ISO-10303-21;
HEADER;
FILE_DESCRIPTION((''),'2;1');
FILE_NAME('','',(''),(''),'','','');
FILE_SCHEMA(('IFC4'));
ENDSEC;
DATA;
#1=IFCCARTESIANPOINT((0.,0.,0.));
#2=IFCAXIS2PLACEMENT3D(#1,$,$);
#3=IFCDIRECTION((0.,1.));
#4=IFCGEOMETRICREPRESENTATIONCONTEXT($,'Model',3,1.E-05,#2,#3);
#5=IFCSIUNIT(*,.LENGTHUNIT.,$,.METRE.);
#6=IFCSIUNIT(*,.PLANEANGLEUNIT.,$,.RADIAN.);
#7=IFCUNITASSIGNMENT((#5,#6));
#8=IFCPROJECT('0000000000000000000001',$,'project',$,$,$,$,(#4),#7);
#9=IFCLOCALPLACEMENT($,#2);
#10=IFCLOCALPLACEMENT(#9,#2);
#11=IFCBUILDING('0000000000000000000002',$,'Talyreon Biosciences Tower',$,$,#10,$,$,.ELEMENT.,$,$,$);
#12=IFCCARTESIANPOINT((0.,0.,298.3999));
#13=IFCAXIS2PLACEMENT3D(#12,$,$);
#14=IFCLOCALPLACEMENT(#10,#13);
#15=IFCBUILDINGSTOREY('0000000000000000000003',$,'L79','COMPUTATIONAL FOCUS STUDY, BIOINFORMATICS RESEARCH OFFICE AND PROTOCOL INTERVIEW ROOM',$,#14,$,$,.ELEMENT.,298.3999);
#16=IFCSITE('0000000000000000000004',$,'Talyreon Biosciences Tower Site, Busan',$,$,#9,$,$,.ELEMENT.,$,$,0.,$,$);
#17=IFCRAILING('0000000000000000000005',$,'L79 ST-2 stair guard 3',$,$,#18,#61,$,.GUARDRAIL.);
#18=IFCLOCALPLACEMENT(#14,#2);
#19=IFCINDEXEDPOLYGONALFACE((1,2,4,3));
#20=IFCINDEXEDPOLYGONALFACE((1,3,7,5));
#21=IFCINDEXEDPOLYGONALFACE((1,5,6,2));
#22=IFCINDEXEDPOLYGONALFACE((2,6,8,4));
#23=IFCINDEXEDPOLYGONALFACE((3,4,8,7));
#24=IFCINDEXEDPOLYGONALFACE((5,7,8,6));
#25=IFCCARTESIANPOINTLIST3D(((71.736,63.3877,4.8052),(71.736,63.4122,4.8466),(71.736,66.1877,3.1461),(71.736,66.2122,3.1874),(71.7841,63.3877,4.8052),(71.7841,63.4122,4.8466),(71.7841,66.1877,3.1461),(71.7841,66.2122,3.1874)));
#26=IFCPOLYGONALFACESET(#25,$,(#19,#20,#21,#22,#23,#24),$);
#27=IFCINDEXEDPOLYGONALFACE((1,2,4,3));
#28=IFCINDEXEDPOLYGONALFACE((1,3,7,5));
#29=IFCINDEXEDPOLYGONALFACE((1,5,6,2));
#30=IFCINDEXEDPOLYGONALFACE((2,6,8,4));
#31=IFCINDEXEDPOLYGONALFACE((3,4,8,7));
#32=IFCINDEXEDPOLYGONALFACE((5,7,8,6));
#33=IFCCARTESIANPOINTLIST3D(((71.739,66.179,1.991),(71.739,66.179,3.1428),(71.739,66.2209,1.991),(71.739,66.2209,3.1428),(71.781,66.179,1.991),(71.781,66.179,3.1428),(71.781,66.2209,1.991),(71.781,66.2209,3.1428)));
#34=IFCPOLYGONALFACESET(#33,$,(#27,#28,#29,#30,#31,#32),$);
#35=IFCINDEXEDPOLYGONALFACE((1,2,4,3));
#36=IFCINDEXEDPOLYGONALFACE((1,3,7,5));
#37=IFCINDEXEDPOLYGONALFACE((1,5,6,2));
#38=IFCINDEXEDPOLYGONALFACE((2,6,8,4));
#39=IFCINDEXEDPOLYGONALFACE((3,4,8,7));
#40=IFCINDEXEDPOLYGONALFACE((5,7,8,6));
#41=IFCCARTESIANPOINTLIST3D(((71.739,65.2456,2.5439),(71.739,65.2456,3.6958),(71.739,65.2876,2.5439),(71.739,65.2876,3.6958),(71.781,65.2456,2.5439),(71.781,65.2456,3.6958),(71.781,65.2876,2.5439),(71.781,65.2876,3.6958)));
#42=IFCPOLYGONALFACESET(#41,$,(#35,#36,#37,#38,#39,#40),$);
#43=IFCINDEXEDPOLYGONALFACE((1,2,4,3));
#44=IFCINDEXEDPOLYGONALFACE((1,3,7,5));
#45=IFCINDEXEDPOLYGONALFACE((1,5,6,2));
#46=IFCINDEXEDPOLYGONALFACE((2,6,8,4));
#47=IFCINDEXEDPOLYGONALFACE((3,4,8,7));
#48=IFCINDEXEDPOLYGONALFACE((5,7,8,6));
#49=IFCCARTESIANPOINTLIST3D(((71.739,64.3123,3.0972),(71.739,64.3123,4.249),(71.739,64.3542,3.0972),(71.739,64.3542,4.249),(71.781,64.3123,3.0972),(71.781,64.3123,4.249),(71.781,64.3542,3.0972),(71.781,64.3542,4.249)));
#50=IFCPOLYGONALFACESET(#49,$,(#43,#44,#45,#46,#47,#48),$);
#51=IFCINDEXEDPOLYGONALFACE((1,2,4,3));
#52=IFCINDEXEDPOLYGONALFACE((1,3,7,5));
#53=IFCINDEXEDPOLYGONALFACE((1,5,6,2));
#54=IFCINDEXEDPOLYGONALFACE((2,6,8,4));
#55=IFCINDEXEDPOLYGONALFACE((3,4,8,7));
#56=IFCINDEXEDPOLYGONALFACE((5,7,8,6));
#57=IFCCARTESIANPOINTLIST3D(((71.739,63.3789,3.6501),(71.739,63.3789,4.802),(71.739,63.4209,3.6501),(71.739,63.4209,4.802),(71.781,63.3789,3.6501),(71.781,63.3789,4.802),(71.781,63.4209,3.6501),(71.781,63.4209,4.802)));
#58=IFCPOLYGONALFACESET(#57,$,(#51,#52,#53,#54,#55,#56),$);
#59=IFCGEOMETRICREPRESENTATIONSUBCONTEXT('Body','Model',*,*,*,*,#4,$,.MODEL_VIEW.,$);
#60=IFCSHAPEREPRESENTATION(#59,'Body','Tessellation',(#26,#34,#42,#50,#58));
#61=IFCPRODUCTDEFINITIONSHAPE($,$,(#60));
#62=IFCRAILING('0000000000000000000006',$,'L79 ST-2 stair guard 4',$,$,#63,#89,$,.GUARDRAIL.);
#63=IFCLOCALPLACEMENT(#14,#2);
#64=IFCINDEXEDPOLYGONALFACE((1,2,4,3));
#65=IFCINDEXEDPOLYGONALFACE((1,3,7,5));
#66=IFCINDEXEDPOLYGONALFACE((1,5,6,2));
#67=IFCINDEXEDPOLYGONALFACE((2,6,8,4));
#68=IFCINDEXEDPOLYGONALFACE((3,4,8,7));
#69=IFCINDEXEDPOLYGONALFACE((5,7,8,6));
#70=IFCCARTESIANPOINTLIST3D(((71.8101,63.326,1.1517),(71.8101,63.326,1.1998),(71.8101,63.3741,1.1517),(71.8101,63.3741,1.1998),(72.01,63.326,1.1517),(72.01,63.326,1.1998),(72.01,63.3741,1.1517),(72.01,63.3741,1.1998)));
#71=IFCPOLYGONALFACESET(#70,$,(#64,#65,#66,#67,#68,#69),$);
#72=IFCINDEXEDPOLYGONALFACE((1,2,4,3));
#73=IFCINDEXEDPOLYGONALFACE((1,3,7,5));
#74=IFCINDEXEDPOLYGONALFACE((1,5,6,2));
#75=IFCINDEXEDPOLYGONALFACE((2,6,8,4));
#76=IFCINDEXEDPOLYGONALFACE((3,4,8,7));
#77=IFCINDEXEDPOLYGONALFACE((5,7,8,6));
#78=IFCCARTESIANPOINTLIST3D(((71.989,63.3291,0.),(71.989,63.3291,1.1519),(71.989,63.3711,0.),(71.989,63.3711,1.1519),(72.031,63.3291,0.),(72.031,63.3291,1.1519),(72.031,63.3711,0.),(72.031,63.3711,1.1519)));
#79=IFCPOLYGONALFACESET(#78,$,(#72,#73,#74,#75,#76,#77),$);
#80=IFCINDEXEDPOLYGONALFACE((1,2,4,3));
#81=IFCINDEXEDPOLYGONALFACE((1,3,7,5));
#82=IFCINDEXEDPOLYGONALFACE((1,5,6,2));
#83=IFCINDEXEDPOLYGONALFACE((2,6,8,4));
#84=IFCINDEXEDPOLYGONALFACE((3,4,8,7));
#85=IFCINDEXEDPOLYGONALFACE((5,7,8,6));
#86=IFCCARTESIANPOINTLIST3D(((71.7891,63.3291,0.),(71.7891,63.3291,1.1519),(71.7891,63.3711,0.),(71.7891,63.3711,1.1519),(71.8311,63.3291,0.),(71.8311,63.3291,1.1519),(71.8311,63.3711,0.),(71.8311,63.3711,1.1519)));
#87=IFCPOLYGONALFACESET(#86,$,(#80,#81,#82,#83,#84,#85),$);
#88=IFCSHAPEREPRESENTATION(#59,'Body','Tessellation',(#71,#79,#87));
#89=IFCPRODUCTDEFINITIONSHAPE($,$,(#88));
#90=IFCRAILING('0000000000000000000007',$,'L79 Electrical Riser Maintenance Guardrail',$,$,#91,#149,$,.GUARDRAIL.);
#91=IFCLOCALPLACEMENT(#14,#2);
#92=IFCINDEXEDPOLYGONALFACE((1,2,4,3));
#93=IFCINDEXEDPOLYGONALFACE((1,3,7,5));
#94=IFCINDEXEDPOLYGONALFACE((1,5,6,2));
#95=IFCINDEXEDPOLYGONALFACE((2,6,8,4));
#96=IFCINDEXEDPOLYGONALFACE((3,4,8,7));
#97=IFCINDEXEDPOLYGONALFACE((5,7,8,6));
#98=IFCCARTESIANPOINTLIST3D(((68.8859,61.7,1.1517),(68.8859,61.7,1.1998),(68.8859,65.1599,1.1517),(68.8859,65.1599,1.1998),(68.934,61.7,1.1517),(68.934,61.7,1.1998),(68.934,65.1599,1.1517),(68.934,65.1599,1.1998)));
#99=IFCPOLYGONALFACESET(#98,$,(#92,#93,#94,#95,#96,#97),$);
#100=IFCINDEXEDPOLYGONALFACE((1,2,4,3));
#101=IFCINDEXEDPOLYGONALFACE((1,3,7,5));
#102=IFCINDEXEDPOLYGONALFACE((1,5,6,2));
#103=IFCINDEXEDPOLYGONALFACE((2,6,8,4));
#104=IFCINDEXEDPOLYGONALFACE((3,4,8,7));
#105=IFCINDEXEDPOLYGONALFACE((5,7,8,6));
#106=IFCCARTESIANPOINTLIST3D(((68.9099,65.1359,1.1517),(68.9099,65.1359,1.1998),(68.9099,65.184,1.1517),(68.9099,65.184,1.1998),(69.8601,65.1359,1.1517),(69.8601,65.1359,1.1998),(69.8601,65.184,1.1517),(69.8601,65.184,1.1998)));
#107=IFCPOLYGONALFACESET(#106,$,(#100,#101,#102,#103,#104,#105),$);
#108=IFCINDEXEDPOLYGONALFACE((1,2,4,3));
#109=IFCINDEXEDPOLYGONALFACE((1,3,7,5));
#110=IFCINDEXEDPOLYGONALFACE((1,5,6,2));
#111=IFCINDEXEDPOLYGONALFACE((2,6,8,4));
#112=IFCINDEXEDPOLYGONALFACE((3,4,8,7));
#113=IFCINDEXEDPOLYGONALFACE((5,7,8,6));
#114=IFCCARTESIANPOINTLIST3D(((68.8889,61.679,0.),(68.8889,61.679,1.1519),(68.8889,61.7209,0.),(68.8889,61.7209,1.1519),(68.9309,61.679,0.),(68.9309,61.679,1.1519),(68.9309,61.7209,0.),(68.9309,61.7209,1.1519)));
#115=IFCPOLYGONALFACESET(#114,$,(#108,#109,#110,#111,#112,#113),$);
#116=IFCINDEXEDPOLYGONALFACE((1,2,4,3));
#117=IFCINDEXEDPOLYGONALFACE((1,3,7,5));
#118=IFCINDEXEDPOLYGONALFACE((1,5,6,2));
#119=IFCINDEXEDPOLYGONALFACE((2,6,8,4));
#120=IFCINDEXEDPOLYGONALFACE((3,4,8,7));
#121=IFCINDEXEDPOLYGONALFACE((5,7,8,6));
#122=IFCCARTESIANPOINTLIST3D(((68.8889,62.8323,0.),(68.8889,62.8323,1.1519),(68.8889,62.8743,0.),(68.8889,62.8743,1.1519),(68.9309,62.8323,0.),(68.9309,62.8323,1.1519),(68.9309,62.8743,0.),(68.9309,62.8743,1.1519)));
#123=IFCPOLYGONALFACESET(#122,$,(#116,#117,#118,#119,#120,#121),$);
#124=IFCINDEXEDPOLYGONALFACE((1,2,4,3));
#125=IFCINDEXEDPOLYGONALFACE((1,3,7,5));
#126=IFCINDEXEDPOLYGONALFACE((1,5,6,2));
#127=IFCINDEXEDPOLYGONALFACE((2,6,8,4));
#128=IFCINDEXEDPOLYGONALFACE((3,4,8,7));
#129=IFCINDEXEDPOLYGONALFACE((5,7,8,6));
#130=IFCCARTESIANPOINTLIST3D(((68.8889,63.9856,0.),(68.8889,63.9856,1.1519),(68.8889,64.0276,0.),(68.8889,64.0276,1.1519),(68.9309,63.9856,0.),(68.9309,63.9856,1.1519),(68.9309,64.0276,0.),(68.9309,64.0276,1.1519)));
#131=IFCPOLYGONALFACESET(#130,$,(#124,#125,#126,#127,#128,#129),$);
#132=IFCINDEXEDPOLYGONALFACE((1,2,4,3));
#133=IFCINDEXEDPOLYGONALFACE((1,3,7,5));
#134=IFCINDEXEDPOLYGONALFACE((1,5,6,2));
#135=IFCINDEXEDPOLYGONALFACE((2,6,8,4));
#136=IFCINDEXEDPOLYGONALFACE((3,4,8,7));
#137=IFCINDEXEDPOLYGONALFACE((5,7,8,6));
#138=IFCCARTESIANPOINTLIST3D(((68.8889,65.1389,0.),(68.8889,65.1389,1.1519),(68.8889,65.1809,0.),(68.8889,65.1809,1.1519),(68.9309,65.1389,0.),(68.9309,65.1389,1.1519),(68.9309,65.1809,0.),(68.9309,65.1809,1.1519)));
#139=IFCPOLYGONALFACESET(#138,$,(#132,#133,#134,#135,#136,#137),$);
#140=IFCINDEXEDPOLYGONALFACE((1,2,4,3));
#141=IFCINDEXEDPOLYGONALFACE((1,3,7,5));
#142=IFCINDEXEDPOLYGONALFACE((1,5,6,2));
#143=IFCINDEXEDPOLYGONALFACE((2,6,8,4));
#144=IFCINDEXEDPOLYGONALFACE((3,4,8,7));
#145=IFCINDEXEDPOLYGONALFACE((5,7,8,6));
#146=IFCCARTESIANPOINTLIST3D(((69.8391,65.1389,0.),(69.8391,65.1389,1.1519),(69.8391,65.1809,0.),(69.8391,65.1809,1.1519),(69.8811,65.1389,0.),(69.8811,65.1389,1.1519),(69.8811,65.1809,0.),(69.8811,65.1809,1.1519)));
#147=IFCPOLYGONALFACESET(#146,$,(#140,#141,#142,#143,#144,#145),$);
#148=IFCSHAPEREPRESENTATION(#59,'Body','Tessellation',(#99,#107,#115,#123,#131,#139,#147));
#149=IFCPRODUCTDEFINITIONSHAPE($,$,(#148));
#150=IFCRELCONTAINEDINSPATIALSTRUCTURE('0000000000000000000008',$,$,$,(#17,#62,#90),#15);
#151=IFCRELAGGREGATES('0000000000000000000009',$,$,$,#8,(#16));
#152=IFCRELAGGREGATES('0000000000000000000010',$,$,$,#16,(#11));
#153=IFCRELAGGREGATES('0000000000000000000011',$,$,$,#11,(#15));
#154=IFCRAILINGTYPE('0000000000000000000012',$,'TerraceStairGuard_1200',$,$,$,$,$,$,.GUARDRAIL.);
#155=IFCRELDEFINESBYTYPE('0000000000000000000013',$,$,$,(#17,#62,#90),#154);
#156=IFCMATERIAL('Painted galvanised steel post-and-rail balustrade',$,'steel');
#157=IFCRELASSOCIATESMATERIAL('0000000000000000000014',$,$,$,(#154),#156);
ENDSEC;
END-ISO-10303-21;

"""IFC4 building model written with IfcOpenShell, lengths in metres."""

from ifc_helpers import new_model, si_unit, direction, frame, origin, origin_2d, place, context, subcontext, project, spatial, rectangle, extrude, material, type_object, element, save


model = new_model("IFC4")

# Units and contexts
model_context = context("Model", 3, precision=1e-05, world=origin(), true_north=direction((0.0, 1.0)))
body_context = subcontext(model_context, "Body", "Model", "MODEL_VIEW")
ifc_project = project(units=[si_unit("LENGTHUNIT", "METRE"), si_unit("PLANEANGLEUNIT", "RADIAN")], contexts=[model_context])

# Site, building, storey
site_placement = place(None, origin())
site = spatial("IfcSite", under=ifc_project, at=site_placement, Name="Talyreon Biosciences Tower Site, Busan", CompositionType="ELEMENT", RefElevation=0.0)
building_placement = place(site_placement, origin())
building = spatial("IfcBuilding", under=site, at=building_placement, Name="Talyreon Biosciences Tower", CompositionType="ELEMENT")
storey_placement = place(building_placement, frame((0.0, 0.0, 298.3999)))
storey = spatial("IfcBuildingStorey", under=building, at=storey_placement, Name="L79", Description="COMPUTATIONAL FOCUS STUDY, BIOINFORMATICS RESEARCH OFFICE AND PROTOCOL INTERVIEW ROOM", CompositionType="ELEMENT", Elevation=298.3999)

# Railings
ifc_material_1 = material(Name="Painted galvanised steel post-and-rail balustrade", Category="steel")
railing_type_1 = type_object("IfcRailingType", Name="TerraceStairGuard_1200", PredefinedType="GUARDRAIL", material=ifc_material_1)
railing_1_placement = place(storey_placement, frame((71.76, 66.2, 1.991)))
element("IfcRailing", 1, at=railing_1_placement, inside=storey, type_object=railing_type_1, Name="L79 ST-2 stair guard 3", PredefinedType="GUARDRAIL", context=body_context, shape_type="SweptSolid", body=[
    extrude(rectangle(XDim=0.0481, YDim=0.0481, at=origin_2d()), frame((0.0, 0.0, 1.1758), z_axis=(0.0, -0.860306, 0.509778), x_axis=(1.0, 0.0, 0.0)), (0.0, 0.0, 1.0), 3.2546),
    extrude(rectangle(XDim=0.042, YDim=0.042, at=origin_2d()), origin(), (0.0, 0.0, 1.0), 1.1519),
    extrude(rectangle(XDim=0.042, YDim=0.042, at=origin_2d()), frame((0.0, -0.9333, 0.553)), (0.0, 0.0, 1.0), 1.1519),
    extrude(rectangle(XDim=0.042, YDim=0.042, at=origin_2d()), frame((0.0, -1.8667, 1.1062)), (0.0, 0.0, 1.0), 1.1519),
    extrude(rectangle(XDim=0.042, YDim=0.042, at=origin_2d()), frame((0.0, -2.8, 1.6592)), (0.0, 0.0, 1.0), 1.1519),
])
railing_2_placement = place(storey_placement, frame((72.01, 63.3501, 0.0)))
element("IfcRailing", 2, at=railing_2_placement, inside=storey, type_object=railing_type_1, Name="L79 ST-2 stair guard 4", PredefinedType="GUARDRAIL", context=body_context, shape_type="SweptSolid", body=[
    extrude(rectangle(XDim=0.0481, YDim=0.0481, at=origin_2d()), frame((0.0, 0.0, 1.1758), z_axis=(-1.0, 0.0, 0.0), x_axis=(0.0, -1.0, 0.0)), (0.0, 0.0, 1.0), 0.2),
    extrude(rectangle(XDim=0.042, YDim=0.042, at=origin_2d()), origin(), (0.0, 0.0, 1.0), 1.1519),
    extrude(rectangle(XDim=0.042, YDim=0.042, at=origin_2d()), frame((-0.2, 0.0, 0.0)), (0.0, 0.0, 1.0), 1.1519),
])
railing_3_placement = place(storey_placement, frame((68.9099, 61.7, 0.0)))
element("IfcRailing", 3, at=railing_3_placement, inside=storey, type_object=railing_type_1, Name="L79 Electrical Riser Maintenance Guardrail", PredefinedType="GUARDRAIL", context=body_context, shape_type="SweptSolid", body=[
    extrude(rectangle(XDim=0.0481, YDim=0.0481, at=origin_2d()), frame((0.0, 0.0, 1.1758), z_axis=(0.0, 1.0, 0.0), x_axis=(-1.0, 0.0, 0.0)), (0.0, 0.0, 1.0), 3.46),
    extrude(rectangle(XDim=0.0481, YDim=0.0481, at=origin_2d()), frame((0.0, 3.46, 1.1758), z_axis=(1.0, 0.0, 0.0), x_axis=(0.0, 1.0, 0.0)), (0.0, 0.0, 1.0), 0.9502),
    extrude(rectangle(XDim=0.042, YDim=0.042, at=origin_2d()), origin(), (0.0, 0.0, 1.0), 1.1519),
    extrude(rectangle(XDim=0.042, YDim=0.042, at=origin_2d()), frame((0.0, 1.1533, 0.0)), (0.0, 0.0, 1.0), 1.1519),
    extrude(rectangle(XDim=0.042, YDim=0.042, at=origin_2d()), frame((0.0, 2.3066, 0.0)), (0.0, 0.0, 1.0), 1.1519),
    extrude(rectangle(XDim=0.042, YDim=0.042, at=origin_2d()), frame((0.0, 3.46, 0.0)), (0.0, 0.0, 1.0), 1.1519),
    extrude(rectangle(XDim=0.042, YDim=0.042, at=origin_2d()), frame((0.9502, 3.46, 0.0)), (0.0, 0.0, 1.0), 1.1519),
])

save(model, "model.ifc")
